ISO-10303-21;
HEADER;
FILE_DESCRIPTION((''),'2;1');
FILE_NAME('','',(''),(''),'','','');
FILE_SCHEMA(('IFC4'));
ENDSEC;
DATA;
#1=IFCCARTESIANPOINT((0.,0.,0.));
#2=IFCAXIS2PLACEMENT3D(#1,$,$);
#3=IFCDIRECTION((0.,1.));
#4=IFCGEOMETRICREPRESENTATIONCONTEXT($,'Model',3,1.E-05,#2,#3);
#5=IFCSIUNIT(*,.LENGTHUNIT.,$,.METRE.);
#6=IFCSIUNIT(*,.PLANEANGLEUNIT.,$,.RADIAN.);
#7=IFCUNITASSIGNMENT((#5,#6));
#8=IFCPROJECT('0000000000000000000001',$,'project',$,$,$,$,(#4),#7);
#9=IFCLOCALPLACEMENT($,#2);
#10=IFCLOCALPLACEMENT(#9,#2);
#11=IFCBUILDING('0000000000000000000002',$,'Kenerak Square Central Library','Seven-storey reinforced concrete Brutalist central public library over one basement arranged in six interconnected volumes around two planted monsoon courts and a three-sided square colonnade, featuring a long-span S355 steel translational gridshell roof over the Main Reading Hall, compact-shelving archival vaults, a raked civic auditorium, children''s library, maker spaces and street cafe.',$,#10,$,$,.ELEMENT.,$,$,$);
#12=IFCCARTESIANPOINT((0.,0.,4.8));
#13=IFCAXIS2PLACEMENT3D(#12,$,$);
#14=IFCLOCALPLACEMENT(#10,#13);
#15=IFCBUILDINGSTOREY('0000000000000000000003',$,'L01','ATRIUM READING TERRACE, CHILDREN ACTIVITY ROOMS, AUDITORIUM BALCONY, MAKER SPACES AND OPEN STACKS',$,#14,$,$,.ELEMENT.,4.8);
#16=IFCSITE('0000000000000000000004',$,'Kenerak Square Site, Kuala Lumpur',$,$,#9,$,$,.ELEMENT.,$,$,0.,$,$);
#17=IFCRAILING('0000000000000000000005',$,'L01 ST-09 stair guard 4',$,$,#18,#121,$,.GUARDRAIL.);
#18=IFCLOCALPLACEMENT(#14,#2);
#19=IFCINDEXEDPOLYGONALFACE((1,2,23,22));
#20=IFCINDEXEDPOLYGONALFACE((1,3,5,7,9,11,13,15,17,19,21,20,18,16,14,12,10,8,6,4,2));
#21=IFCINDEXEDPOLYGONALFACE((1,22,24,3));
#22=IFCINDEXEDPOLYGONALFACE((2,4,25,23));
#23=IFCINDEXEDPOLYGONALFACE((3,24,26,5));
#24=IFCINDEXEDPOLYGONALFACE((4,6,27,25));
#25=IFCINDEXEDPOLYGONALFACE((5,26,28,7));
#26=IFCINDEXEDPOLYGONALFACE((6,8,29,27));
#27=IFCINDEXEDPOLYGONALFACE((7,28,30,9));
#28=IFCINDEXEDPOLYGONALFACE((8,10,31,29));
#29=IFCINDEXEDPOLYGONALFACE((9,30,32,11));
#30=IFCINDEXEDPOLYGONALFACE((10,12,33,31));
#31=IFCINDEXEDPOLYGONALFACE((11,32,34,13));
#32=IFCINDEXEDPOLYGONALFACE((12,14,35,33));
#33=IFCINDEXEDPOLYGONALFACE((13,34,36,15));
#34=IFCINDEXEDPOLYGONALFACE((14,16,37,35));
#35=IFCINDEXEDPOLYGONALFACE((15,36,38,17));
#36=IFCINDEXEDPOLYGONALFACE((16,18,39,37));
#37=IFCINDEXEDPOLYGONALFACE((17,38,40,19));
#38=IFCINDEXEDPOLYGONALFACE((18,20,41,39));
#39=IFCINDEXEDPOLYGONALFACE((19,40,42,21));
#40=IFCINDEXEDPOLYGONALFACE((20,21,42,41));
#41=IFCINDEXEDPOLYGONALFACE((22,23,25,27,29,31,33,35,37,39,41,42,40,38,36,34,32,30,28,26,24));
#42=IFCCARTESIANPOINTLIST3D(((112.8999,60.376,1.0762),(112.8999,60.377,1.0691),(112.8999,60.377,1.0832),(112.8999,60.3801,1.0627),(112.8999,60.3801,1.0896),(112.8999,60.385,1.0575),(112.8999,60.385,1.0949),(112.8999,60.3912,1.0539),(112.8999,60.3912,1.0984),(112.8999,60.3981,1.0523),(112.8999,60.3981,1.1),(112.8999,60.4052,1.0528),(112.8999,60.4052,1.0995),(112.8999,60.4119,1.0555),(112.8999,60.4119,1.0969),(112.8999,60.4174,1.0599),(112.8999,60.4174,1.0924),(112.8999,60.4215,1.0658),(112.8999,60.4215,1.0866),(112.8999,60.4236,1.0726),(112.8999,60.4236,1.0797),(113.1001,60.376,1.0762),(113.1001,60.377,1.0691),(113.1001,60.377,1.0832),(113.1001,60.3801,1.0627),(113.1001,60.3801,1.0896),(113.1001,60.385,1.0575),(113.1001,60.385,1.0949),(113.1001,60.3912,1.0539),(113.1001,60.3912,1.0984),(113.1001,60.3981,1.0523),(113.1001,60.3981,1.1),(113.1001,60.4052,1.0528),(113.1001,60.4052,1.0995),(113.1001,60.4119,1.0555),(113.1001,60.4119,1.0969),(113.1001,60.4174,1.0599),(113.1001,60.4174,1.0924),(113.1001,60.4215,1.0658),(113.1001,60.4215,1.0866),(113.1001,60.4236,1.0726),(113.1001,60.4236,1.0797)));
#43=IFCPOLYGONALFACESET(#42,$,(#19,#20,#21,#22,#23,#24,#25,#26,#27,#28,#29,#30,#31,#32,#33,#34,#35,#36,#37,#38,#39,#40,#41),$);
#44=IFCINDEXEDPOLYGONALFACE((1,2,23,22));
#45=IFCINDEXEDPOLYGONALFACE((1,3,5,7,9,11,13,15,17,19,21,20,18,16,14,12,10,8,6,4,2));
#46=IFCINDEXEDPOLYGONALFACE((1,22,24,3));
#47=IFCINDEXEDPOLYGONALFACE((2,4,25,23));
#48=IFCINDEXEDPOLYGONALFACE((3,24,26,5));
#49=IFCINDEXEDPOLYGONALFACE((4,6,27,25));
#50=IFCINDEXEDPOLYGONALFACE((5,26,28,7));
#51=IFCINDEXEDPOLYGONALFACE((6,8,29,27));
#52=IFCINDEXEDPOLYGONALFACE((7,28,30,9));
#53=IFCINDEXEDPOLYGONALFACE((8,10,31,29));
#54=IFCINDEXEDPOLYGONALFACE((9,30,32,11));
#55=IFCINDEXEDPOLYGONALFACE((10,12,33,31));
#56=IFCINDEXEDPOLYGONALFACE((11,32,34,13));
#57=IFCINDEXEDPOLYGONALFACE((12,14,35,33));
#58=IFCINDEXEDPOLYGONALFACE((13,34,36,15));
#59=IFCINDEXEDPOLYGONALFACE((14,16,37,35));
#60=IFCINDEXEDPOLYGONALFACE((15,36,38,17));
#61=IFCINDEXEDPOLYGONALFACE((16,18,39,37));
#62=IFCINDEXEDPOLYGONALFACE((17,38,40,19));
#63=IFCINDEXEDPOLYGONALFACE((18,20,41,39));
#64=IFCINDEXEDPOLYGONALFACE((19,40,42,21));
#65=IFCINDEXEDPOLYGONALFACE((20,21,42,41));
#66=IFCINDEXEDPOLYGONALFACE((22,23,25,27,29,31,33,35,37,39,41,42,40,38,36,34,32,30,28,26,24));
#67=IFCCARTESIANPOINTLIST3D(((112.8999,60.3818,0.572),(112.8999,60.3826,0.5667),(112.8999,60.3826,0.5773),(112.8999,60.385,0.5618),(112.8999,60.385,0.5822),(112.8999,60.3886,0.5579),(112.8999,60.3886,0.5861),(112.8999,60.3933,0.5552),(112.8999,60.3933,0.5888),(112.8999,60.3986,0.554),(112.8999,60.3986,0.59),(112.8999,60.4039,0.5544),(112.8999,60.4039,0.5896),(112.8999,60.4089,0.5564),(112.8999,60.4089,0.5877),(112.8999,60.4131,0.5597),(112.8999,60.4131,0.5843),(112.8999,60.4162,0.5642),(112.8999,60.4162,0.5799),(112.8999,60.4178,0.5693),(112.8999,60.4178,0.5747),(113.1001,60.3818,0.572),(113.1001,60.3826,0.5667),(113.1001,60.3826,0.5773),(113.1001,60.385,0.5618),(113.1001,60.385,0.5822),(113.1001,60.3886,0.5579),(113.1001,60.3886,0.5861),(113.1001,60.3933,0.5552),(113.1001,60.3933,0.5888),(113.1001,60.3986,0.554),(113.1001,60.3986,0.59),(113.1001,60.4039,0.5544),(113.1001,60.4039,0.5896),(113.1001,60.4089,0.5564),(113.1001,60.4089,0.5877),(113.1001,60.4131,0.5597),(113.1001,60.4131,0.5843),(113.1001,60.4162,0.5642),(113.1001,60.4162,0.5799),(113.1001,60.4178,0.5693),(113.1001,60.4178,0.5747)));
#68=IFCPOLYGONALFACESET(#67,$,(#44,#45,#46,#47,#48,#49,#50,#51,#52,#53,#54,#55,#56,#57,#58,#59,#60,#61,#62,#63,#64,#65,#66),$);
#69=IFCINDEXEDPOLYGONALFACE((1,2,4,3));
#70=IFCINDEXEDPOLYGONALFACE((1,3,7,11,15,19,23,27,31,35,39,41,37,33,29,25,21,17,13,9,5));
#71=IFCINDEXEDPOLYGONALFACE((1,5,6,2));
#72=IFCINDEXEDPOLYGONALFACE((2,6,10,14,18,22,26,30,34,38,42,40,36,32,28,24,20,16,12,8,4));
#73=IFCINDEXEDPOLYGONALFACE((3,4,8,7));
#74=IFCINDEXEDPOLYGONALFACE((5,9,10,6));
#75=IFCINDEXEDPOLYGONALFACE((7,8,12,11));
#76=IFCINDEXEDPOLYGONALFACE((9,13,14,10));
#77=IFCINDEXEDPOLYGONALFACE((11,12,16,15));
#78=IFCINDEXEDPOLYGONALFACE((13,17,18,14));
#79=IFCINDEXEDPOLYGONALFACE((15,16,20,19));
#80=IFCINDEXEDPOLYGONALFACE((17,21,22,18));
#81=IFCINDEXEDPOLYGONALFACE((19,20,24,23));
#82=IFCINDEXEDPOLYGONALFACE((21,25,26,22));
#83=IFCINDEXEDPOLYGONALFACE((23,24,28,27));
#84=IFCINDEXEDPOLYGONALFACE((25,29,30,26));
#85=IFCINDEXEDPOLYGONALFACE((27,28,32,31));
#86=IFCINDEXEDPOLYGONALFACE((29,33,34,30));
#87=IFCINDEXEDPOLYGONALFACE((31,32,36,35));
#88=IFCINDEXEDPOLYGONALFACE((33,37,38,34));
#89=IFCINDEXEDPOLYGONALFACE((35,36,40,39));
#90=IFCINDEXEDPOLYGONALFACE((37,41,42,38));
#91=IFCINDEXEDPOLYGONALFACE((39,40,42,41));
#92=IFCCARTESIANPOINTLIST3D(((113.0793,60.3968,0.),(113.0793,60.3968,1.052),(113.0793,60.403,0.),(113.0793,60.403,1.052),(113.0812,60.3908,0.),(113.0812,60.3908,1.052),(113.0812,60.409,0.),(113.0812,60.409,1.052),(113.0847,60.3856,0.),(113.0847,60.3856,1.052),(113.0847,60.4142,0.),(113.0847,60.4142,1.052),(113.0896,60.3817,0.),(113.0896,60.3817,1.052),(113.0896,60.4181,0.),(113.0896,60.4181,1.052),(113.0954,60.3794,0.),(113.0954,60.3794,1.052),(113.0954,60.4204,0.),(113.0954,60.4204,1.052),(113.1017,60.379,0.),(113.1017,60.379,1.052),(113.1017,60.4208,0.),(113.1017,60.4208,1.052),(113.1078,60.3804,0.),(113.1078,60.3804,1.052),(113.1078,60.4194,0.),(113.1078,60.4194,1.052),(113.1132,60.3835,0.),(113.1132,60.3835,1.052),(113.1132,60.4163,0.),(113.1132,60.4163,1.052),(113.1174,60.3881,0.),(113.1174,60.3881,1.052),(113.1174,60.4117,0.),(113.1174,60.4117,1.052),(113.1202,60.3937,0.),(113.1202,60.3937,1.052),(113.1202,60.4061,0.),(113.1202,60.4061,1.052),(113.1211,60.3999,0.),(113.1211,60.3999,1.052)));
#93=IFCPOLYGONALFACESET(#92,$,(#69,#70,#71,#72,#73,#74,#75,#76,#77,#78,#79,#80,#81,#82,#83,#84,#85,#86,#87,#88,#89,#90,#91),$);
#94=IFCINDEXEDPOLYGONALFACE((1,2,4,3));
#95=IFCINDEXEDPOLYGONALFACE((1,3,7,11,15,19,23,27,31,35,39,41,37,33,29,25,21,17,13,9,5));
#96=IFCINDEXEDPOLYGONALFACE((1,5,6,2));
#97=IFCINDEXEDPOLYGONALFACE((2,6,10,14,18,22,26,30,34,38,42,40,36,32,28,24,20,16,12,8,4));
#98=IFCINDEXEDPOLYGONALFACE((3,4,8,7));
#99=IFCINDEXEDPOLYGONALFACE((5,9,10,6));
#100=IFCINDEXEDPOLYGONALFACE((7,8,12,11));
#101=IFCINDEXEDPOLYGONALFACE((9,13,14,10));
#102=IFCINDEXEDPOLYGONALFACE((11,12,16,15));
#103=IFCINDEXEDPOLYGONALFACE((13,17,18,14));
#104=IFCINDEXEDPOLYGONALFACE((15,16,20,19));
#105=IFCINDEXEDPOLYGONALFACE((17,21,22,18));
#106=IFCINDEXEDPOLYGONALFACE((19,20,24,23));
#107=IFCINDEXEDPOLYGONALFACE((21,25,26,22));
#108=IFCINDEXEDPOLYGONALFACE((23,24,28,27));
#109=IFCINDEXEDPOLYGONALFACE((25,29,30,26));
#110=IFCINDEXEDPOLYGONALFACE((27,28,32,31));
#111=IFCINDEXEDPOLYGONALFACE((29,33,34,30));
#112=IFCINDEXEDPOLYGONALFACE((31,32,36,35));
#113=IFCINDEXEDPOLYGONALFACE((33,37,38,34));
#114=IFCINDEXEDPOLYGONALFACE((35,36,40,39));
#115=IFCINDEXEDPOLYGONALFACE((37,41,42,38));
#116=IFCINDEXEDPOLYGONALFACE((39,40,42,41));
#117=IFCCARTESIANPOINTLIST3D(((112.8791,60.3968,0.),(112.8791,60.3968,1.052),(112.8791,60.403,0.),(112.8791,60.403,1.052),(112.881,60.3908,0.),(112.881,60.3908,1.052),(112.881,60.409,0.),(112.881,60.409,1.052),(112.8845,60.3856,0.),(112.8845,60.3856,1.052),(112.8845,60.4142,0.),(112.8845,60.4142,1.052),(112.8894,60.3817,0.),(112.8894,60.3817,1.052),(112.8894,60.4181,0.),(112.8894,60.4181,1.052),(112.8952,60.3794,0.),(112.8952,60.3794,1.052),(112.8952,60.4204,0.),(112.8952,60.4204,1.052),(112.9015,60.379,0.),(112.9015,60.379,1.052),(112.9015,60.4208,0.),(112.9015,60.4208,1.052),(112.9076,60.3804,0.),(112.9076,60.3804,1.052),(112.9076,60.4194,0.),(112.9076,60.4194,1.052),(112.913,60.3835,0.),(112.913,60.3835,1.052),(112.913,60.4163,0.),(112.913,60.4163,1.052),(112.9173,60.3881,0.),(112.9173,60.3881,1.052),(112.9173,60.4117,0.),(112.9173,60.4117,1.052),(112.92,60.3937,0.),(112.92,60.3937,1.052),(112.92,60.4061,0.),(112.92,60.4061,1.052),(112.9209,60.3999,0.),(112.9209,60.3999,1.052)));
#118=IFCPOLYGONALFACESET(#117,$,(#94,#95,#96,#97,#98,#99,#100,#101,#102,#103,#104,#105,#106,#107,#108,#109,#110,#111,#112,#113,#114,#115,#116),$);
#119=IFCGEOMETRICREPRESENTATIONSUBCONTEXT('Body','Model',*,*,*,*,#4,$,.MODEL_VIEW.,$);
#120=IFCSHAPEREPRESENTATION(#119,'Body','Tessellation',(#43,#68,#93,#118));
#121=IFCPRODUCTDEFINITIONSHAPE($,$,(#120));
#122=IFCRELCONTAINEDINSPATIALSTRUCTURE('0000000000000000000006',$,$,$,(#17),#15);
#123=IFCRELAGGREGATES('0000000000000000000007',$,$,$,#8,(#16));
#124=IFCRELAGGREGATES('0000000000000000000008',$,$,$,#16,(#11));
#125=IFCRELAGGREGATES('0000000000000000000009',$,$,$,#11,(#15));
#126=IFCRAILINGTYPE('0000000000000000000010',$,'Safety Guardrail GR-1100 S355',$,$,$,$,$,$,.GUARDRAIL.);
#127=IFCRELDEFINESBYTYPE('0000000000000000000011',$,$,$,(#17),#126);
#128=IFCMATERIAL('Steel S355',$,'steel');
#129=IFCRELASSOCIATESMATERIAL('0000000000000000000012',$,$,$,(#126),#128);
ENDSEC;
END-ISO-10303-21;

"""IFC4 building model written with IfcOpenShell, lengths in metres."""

from ifc_helpers import new_model, si_unit, direction, frame, origin, origin_2d, place, context, subcontext, project, spatial, circle, extrude, material, type_object, element, save


model = new_model("IFC4")

# Units and contexts
model_context = context("Model", 3, precision=1e-05, world=origin(), true_north=direction((0.0, 1.0)))
body_context = subcontext(model_context, "Body", "Model", "MODEL_VIEW")
ifc_project = project(units=[si_unit("LENGTHUNIT", "METRE"), si_unit("PLANEANGLEUNIT", "RADIAN")], contexts=[model_context])

# Site, building, storey
site_placement = place(None, origin())
site = spatial("IfcSite", under=ifc_project, at=site_placement, Name="Kenerak Square Site, Kuala Lumpur", CompositionType="ELEMENT", RefElevation=0.0)
building_placement = place(site_placement, origin())
building = spatial("IfcBuilding", under=site, at=building_placement, Name="Kenerak Square Central Library", Description="Seven-storey reinforced concrete Brutalist central public library over one basement arranged in six interconnected volumes around two planted monsoon courts and a three-sided square colonnade, featuring a long-span S355 steel translational gridshell roof over the Main Reading Hall, compact-shelving archival vaults, a raked civic auditorium, children's library, maker spaces and street cafe.", CompositionType="ELEMENT")
storey_placement = place(building_placement, frame((0.0, 0.0, 4.8)))
storey = spatial("IfcBuildingStorey", under=building, at=storey_placement, Name="L01", Description="ATRIUM READING TERRACE, CHILDREN ACTIVITY ROOMS, AUDITORIUM BALCONY, MAKER SPACES AND OPEN STACKS", CompositionType="ELEMENT", Elevation=4.8)

# Railing
ifc_material_1 = material(Name="Steel S355", Category="steel")
railing_type_1 = type_object("IfcRailingType", Name="Safety Guardrail GR-1100 S355", PredefinedType="GUARDRAIL", material=ifc_material_1)
railing_1_placement = place(storey_placement, frame((113.1001, 60.3999, 0.0)))
element("IfcRailing", 1, at=railing_1_placement, inside=storey, type_object=railing_type_1, Name="L01 ST-09 stair guard 4", PredefinedType="GUARDRAIL", context=body_context, shape_type="SweptSolid", body=[
    extrude(circle(Radius=0.0239, at=origin_2d()), frame((0.0, 0.0, 1.0762), z_axis=(-1.0, 0.0, 0.0), x_axis=(0.0, -1.0, 0.0)), (0.0, 0.0, 1.0), 0.2002),
    extrude(circle(Radius=0.0181, at=origin_2d()), frame((0.0, 0.0, 0.572), z_axis=(-1.0, 0.0, 0.0), x_axis=(0.0, -1.0, 0.0)), (0.0, 0.0, 1.0), 0.2002),
    extrude(circle(Radius=0.021, at=origin_2d()), origin(), (0.0, 0.0, 1.0), 1.052),
    extrude(circle(Radius=0.021, at=origin_2d()), frame((-0.2002, 0.0, 0.0)), (0.0, 0.0, 1.0), 1.052),
])

save(model, "model.ifc")
